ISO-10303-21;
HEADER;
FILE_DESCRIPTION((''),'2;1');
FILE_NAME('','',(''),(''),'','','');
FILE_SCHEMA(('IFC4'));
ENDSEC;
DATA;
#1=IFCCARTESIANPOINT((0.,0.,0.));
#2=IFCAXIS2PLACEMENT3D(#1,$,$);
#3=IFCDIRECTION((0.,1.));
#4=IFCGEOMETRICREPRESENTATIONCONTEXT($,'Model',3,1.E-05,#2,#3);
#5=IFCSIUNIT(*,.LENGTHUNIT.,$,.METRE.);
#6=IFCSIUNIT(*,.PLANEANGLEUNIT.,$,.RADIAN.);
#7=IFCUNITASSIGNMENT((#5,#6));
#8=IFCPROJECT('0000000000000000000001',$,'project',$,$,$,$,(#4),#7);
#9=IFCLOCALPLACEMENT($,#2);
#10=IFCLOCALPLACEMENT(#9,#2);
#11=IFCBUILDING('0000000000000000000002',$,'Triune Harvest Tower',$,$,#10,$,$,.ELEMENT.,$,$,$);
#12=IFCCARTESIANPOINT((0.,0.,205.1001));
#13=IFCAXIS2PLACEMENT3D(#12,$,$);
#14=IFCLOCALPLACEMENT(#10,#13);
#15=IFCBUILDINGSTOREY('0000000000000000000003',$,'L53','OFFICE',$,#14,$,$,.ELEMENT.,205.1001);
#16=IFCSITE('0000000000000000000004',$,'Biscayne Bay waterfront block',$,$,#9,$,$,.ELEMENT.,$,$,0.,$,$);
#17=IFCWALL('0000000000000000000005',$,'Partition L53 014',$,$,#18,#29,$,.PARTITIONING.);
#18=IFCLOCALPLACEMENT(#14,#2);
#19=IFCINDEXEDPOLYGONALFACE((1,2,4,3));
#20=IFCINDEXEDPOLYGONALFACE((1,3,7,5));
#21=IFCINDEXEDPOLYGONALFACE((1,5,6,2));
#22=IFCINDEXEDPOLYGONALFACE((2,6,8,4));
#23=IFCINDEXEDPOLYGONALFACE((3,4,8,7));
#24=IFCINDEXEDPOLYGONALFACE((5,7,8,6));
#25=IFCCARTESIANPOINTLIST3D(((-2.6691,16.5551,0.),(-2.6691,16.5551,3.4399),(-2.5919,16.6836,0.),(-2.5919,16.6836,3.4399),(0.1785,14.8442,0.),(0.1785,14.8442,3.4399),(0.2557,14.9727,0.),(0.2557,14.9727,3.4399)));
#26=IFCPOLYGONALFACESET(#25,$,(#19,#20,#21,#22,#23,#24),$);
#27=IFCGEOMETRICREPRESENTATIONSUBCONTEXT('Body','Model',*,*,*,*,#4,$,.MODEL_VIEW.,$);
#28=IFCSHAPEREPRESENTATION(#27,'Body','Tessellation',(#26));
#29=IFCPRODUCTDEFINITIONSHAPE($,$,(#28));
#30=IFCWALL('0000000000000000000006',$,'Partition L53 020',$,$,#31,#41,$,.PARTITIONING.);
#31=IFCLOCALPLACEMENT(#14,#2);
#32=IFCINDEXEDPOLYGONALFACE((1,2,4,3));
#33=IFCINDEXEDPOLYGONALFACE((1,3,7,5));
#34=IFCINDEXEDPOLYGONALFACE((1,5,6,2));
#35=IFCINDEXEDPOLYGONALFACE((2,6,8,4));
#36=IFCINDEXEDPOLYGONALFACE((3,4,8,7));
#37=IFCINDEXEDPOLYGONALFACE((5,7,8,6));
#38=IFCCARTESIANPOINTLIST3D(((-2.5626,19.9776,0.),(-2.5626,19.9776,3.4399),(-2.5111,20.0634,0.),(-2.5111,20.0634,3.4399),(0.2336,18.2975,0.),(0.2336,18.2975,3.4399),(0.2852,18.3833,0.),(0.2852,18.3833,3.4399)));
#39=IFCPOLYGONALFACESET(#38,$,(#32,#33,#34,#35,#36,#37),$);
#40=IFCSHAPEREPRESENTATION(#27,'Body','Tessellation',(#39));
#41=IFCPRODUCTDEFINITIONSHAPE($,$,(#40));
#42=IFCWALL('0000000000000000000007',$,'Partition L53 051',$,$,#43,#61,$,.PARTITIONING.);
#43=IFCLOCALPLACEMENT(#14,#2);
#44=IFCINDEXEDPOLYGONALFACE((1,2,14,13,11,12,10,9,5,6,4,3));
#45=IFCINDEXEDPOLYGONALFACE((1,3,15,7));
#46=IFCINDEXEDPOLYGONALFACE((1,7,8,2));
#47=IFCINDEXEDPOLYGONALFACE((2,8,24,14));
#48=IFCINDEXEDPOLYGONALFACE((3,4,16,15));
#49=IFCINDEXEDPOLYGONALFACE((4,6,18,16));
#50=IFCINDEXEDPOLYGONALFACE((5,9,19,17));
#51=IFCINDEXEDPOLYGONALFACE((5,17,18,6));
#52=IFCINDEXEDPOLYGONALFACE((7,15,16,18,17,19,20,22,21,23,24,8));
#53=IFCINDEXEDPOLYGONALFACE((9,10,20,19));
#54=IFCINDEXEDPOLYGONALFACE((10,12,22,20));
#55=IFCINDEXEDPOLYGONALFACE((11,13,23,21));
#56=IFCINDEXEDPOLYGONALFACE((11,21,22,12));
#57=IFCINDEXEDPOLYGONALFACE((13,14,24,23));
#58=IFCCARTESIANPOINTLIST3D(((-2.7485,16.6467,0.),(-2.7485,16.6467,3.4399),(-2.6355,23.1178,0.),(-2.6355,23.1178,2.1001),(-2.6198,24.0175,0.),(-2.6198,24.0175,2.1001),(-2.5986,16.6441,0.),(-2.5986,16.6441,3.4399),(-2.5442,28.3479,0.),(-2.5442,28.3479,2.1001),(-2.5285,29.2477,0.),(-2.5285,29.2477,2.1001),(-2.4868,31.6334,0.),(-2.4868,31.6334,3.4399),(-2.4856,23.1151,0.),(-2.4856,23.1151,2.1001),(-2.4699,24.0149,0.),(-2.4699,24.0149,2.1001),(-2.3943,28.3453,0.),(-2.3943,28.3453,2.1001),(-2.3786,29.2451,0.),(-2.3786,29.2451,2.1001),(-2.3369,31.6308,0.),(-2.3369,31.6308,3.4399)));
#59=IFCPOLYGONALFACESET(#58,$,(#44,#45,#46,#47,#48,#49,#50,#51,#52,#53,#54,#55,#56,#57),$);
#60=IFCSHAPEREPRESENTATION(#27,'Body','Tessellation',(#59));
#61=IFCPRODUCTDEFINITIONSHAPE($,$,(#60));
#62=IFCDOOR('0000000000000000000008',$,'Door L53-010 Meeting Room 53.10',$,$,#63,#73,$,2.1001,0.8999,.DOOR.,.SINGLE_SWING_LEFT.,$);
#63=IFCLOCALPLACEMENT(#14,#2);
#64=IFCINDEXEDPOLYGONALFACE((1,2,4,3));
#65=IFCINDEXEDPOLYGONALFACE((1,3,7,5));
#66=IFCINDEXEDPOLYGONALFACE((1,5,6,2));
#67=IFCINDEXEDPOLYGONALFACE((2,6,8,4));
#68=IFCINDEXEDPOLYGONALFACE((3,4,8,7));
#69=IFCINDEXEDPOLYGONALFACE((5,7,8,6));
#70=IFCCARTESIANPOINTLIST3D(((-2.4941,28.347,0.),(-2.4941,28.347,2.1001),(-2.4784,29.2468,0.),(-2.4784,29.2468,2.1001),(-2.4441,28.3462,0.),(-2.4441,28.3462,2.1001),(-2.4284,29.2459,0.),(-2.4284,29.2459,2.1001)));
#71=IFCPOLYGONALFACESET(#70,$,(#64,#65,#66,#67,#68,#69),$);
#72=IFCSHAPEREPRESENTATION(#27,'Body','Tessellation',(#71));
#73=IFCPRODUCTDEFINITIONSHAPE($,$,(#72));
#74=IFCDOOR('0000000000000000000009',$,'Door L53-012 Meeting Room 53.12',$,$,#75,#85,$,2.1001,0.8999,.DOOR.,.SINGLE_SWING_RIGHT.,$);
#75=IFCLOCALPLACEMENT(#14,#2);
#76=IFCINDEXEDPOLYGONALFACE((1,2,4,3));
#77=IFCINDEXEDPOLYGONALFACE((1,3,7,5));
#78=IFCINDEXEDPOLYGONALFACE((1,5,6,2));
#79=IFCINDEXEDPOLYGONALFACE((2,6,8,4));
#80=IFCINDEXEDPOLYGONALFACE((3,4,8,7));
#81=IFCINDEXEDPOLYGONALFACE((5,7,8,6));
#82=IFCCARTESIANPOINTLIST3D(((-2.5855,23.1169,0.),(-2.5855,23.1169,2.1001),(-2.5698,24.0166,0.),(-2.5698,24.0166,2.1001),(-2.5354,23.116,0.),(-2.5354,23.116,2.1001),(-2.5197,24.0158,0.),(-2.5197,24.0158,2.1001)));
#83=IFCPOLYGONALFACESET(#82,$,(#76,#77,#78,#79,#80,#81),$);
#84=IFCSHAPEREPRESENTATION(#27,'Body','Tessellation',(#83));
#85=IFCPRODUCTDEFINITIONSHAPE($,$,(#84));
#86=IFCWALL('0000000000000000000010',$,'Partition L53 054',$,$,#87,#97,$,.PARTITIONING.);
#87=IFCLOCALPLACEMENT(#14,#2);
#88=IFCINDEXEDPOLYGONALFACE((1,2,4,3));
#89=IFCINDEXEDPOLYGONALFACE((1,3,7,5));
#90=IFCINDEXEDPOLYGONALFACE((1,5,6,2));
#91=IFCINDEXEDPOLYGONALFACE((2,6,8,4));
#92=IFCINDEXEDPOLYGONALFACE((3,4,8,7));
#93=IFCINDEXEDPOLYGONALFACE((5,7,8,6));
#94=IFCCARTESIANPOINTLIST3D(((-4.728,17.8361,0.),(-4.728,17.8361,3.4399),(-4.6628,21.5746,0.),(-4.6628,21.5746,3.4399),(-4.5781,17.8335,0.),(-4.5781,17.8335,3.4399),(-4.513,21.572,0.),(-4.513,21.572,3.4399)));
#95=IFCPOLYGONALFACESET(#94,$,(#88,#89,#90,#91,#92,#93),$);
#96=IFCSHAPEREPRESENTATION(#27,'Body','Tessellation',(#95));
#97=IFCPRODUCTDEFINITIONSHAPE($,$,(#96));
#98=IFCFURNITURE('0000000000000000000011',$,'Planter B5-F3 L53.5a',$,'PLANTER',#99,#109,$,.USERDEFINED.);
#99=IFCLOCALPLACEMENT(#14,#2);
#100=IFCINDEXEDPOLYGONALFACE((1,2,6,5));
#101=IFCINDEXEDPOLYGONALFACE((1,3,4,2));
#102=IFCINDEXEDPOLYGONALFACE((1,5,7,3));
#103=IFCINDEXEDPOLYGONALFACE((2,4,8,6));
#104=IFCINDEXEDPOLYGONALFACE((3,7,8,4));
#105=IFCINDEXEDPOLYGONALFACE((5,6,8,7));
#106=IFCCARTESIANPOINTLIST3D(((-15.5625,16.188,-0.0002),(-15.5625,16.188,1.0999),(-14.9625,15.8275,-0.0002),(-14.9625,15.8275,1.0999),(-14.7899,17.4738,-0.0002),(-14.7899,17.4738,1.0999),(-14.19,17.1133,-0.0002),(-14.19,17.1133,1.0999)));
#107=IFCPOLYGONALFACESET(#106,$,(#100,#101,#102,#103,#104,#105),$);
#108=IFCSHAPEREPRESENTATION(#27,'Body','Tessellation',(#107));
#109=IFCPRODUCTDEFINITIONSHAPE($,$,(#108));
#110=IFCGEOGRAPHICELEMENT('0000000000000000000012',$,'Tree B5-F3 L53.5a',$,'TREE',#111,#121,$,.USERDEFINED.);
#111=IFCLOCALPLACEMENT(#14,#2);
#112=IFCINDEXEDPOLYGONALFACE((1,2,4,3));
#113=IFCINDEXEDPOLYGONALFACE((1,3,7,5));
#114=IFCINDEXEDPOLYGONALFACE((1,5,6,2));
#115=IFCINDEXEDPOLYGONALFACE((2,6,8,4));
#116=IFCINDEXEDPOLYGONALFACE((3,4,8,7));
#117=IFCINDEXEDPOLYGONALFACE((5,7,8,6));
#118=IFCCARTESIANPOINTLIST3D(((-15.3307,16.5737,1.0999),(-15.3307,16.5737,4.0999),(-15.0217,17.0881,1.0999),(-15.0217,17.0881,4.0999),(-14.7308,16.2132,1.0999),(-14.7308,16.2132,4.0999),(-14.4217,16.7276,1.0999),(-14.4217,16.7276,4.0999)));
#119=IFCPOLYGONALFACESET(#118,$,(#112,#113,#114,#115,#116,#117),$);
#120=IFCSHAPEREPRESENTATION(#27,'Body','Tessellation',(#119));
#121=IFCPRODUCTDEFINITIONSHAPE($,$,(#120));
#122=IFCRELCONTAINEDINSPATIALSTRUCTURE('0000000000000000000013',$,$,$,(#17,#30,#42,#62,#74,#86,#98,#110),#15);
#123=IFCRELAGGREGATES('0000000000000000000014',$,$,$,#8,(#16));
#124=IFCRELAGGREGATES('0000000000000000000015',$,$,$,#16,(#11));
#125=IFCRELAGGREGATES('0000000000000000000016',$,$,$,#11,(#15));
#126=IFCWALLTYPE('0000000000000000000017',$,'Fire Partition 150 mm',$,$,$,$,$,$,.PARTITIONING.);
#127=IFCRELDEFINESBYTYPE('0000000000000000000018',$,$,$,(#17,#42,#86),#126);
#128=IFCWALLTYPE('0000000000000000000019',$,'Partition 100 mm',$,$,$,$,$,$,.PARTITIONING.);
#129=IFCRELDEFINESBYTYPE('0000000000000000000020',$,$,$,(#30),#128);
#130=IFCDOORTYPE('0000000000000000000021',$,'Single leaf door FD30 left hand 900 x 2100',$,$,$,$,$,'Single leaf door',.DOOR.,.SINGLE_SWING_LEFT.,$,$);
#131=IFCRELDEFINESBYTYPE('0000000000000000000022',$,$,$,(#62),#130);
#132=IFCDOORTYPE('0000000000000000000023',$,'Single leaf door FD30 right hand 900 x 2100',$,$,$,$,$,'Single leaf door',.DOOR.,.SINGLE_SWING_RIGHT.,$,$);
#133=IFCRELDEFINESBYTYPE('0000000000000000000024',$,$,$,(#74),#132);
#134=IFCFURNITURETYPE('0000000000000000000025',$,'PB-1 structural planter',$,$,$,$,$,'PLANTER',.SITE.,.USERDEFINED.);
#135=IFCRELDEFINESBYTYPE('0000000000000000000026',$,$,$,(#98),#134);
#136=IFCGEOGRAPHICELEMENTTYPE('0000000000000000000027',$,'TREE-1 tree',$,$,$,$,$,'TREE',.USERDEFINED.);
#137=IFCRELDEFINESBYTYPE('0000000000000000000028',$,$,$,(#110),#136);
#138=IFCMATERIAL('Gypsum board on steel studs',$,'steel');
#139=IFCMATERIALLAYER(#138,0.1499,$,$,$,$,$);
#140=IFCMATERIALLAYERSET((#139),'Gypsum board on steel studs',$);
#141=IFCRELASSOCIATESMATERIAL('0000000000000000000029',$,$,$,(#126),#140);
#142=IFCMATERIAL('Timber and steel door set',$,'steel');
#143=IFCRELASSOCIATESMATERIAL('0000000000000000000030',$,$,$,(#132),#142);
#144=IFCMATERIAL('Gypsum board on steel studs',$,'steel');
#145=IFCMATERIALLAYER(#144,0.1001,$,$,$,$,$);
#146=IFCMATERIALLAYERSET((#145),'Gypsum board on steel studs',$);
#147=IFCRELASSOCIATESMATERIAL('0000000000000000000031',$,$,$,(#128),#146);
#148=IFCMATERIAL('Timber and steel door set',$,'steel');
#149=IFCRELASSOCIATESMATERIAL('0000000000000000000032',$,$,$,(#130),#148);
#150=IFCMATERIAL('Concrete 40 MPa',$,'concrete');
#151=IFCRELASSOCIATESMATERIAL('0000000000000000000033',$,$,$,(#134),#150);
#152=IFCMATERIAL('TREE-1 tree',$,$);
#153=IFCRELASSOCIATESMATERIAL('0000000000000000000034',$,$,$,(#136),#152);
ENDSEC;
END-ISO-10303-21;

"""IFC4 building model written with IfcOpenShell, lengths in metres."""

from ifc_helpers import new_model, si_unit, direction, frame, frame_2d, origin, origin_2d, place, context, subcontext, project, spatial, rectangle, extrude, source, transform, mapped, material, layer, layer_set, type_object, element, fill, save


model = new_model("IFC4")

# Units and contexts
model_context = context("Model", 3, precision=1e-05, world=origin(), true_north=direction((0.0, 1.0)))
body_context = subcontext(model_context, "Body", "Model", "MODEL_VIEW")
ifc_project = project(units=[si_unit("LENGTHUNIT", "METRE"), si_unit("PLANEANGLEUNIT", "RADIAN")], contexts=[model_context])

# Site, building, storey
site_placement = place(None, origin())
site = spatial("IfcSite", under=ifc_project, at=site_placement, Name="Biscayne Bay waterfront block", CompositionType="ELEMENT", RefElevation=0.0)
building_placement = place(site_placement, origin())
building = spatial("IfcBuilding", under=site, at=building_placement, Name="Triune Harvest Tower", CompositionType="ELEMENT")
storey_placement = place(building_placement, frame((0.0, 0.0, 205.1001)))
storey = spatial("IfcBuildingStorey", under=building, at=storey_placement, Name="L53", Description="OFFICE", CompositionType="ELEMENT", Elevation=205.1001)

# Shared definitions
ifc_material_1 = material(Name="Gypsum board on steel studs", Category="steel")
ifc_layer_1 = layer(ifc_material_1, 0.1499)
ifc_layer_set_1 = layer_set([ifc_layer_1], Name="Gypsum board on steel studs")
wall_type_1 = type_object("IfcWallType", Name="Fire Partition 150 mm", PredefinedType="PARTITIONING", material=ifc_layer_set_1)
ifc_material_2 = material(Name="Timber and steel door set", Category="steel")
door_type_1 = type_object("IfcDoorType", Name="Single leaf door FD30 right hand 900 x 2100", ElementType="Single leaf door", OperationType="SINGLE_SWING_RIGHT", PredefinedType="DOOR", material=ifc_material_2)

# Walls
ifc_material_3 = material(Name="Gypsum board on steel studs", Category="steel")
ifc_layer_2 = layer(ifc_material_3, 0.1001)
ifc_layer_set_2 = layer_set([ifc_layer_2], Name="Gypsum board on steel studs")
wall_type_2 = type_object("IfcWallType", Name="Partition 100 mm", PredefinedType="PARTITIONING", material=ifc_layer_set_2)
shared_shape_1 = source(origin(), body_context, "Body", "SweptSolid", [
    extrude(rectangle(XDim=3.322, YDim=0.1499, at=frame_2d((1.6611, 0.0))), origin(), (0.0, 0.0, 1.0), 3.4399),
])
wall_1_placement = place(storey_placement, frame((-2.6306, 16.6194, 0.0), z_axis=(0.0, 0.0, 1.0), x_axis=(0.857182, -0.515014, 0.0)))
element("IfcWall", 1, at=wall_1_placement, inside=storey, type_object=wall_type_1, Name="Partition L53 014", PredefinedType="PARTITIONING", context=body_context, shape_type="MappedRepresentation", body=[
    mapped(shared_shape_1, transform((0.0, 0.0, 0.0), scale=1.0)),
])
shared_shape_2 = source(origin(), body_context, "Body", "SweptSolid", [
    extrude(rectangle(XDim=3.2622, YDim=0.1001, at=frame_2d((1.6311, 0.0))), origin(), (0.0, 0.0, 1.0), 3.4399),
])
wall_2_placement = place(storey_placement, frame((-2.5369, 20.0205, 0.0), z_axis=(0.0, 0.0, 1.0), x_axis=(0.857176, -0.515024, 0.0)))
element("IfcWall", 2, at=wall_2_placement, inside=storey, type_object=wall_type_2, Name="Partition L53 020", PredefinedType="PARTITIONING", context=body_context, shape_type="MappedRepresentation", body=[
    mapped(shared_shape_2, transform((0.0, 0.0, 0.0), scale=1.0)),
])

# Wall, openings, doors
shared_shape_3 = source(origin(), body_context, "Body", "SweptSolid", [
    extrude(rectangle(XDim=14.989, YDim=0.1499, at=frame_2d((7.4946, 0.0))), origin(), (0.0, 0.0, 1.0), 3.4399),
])
wall_3_placement = place(storey_placement, frame((-2.6736, 16.6453, 0.0), z_axis=(0.0, 0.0, 1.0), x_axis=(0.017461, 0.999848, 0.0)))
wall_3 = element("IfcWall", 3, at=wall_3_placement, inside=storey, type_object=wall_type_1, Name="Partition L53 051", PredefinedType="PARTITIONING", context=body_context, shape_type="MappedRepresentation", body=[
    mapped(shared_shape_3, transform((0.0, 0.0, 0.0), scale=1.0)),
])
opening_1_placement = place(wall_3_placement, frame((11.7031, 0.0, 0.0)))
opening_1 = element("IfcOpeningElement", 4, at=opening_1_placement, cuts=wall_3, PredefinedType="OPENING", context=body_context, shape_type="SweptSolid", body=[
    extrude(rectangle(XDim=0.8999, YDim=2.1001, at=frame_2d((0.45, 1.05))), frame((0.0, 0.085, 0.0), z_axis=(0.0, -1.0, 0.0), x_axis=(1.0, 0.0, 0.0)), (0.0, 0.0, 1.0), 0.1699),
])
opening_2_placement = place(wall_3_placement, frame((6.4722, 0.0, 0.0)))
opening_2 = element("IfcOpeningElement", 5, at=opening_2_placement, cuts=wall_3, PredefinedType="OPENING", context=body_context, shape_type="SweptSolid", body=[
    extrude(rectangle(XDim=0.8999, YDim=2.1001, at=frame_2d((0.45, 1.05))), frame((0.0, 0.085, 0.0), z_axis=(0.0, -1.0, 0.0), x_axis=(1.0, 0.0, 0.0)), (0.0, 0.0, 1.0), 0.1699),
])
ifc_material_4 = material(Name="Timber and steel door set", Category="steel")
door_type_2 = type_object("IfcDoorType", Name="Single leaf door FD30 left hand 900 x 2100", ElementType="Single leaf door", OperationType="SINGLE_SWING_LEFT", PredefinedType="DOOR", material=ifc_material_4)
door_1_placement = place(opening_1_placement, origin())
door_1 = element("IfcDoor", 6, at=door_1_placement, inside=storey, type_object=door_type_2, Name="Door L53-010 Meeting Room 53.10", OperationType="SINGLE_SWING_LEFT", OverallHeight=2.1001, OverallWidth=0.8999, PredefinedType="DOOR", context=body_context, shape_type="SweptSolid", body=[
    extrude(rectangle(XDim=0.8999, YDim=2.1001, at=frame_2d((0.45, 1.05))), frame((0.0, 0.0249, 0.0), z_axis=(0.0, -1.0, 0.0), x_axis=(1.0, 0.0, 0.0)), (0.0, 0.0, 1.0), 0.05),
])
fill(opening_1, door_1)
door_2_placement = place(opening_2_placement, origin())
door_2 = element("IfcDoor", 7, at=door_2_placement, inside=storey, type_object=door_type_1, Name="Door L53-012 Meeting Room 53.12", OperationType="SINGLE_SWING_RIGHT", OverallHeight=2.1001, OverallWidth=0.8999, PredefinedType="DOOR", context=body_context, shape_type="SweptSolid", body=[
    extrude(rectangle(XDim=0.8999, YDim=2.1001, at=frame_2d((0.45, 1.05))), frame((0.0, 0.0249, 0.0), z_axis=(0.0, -1.0, 0.0), x_axis=(1.0, 0.0, 0.0)), (0.0, 0.0, 1.0), 0.05),
])
fill(opening_2, door_2)

# Wall
shared_shape_4 = source(origin(), body_context, "Body", "SweptSolid", [
    extrude(rectangle(XDim=3.739, YDim=0.1499, at=frame_2d((1.8696, 0.0))), origin(), (0.0, 0.0, 1.0), 3.4399),
])
wall_4_placement = place(storey_placement, frame((-4.6531, 17.8347, 0.0), z_axis=(0.0, 0.0, 1.0), x_axis=(0.017434, 0.999848, 0.0)))
element("IfcWall", 8, at=wall_4_placement, inside=storey, type_object=wall_type_1, Name="Partition L53 054", PredefinedType="PARTITIONING", context=body_context, shape_type="MappedRepresentation", body=[
    mapped(shared_shape_4, transform((0.0, 0.0, 0.0), scale=1.0)),
])

# Furniture
ifc_material_5 = material(Name="Concrete 40 MPa", Category="concrete")
furniture_type = type_object("IfcFurnitureType", Name="PB-1 structural planter", ElementType="PLANTER", AssemblyPlace="SITE", PredefinedType="USERDEFINED", material=ifc_material_5)
shared_shape_5 = source(origin(), body_context, "Body", "SweptSolid", [
    extrude(rectangle(XDim=1.5, YDim=0.7, at=origin_2d()), origin(), (0.0, 0.0, 1.0), 1.1001),
])
furniture_placement = place(storey_placement, frame((-14.8762, 16.6506, -0.0002), z_axis=(0.0, 0.0, 1.0), x_axis=(-0.515037, -0.857168, 0.0)))
element("IfcFurniture", 9, at=furniture_placement, inside=storey, type_object=furniture_type, Name="Planter B5-F3 L53.5a", ObjectType="PLANTER", PredefinedType="USERDEFINED", context=body_context, shape_type="MappedRepresentation", body=[
    mapped(shared_shape_5, transform((0.0, 0.0, 0.0), scale=1.0)),
])

# Geographic element
ifc_material_6 = material(Name="TREE-1 tree")
geographic_element_type = type_object("IfcGeographicElementType", Name="TREE-1 tree", ElementType="TREE", PredefinedType="USERDEFINED", material=ifc_material_6)
shared_shape_6 = source(origin(), body_context, "Body", "SweptSolid", [
    extrude(rectangle(XDim=0.6001, YDim=0.7, at=origin_2d()), origin(), (0.0, 0.0, 1.0), 3.0),
])
geographic_element_placement = place(storey_placement, frame((-14.8762, 16.6506, 1.0999), z_axis=(0.0, 0.0, 1.0), x_axis=(-0.515037, -0.857168, 0.0)))
element("IfcGeographicElement", 10, at=geographic_element_placement, inside=storey, type_object=geographic_element_type, Name="Tree B5-F3 L53.5a", ObjectType="TREE", PredefinedType="USERDEFINED", context=body_context, shape_type="MappedRepresentation", body=[
    mapped(shared_shape_6, transform((0.0, 0.0, 0.0), scale=1.0)),
])

save(model, "model.ifc")
